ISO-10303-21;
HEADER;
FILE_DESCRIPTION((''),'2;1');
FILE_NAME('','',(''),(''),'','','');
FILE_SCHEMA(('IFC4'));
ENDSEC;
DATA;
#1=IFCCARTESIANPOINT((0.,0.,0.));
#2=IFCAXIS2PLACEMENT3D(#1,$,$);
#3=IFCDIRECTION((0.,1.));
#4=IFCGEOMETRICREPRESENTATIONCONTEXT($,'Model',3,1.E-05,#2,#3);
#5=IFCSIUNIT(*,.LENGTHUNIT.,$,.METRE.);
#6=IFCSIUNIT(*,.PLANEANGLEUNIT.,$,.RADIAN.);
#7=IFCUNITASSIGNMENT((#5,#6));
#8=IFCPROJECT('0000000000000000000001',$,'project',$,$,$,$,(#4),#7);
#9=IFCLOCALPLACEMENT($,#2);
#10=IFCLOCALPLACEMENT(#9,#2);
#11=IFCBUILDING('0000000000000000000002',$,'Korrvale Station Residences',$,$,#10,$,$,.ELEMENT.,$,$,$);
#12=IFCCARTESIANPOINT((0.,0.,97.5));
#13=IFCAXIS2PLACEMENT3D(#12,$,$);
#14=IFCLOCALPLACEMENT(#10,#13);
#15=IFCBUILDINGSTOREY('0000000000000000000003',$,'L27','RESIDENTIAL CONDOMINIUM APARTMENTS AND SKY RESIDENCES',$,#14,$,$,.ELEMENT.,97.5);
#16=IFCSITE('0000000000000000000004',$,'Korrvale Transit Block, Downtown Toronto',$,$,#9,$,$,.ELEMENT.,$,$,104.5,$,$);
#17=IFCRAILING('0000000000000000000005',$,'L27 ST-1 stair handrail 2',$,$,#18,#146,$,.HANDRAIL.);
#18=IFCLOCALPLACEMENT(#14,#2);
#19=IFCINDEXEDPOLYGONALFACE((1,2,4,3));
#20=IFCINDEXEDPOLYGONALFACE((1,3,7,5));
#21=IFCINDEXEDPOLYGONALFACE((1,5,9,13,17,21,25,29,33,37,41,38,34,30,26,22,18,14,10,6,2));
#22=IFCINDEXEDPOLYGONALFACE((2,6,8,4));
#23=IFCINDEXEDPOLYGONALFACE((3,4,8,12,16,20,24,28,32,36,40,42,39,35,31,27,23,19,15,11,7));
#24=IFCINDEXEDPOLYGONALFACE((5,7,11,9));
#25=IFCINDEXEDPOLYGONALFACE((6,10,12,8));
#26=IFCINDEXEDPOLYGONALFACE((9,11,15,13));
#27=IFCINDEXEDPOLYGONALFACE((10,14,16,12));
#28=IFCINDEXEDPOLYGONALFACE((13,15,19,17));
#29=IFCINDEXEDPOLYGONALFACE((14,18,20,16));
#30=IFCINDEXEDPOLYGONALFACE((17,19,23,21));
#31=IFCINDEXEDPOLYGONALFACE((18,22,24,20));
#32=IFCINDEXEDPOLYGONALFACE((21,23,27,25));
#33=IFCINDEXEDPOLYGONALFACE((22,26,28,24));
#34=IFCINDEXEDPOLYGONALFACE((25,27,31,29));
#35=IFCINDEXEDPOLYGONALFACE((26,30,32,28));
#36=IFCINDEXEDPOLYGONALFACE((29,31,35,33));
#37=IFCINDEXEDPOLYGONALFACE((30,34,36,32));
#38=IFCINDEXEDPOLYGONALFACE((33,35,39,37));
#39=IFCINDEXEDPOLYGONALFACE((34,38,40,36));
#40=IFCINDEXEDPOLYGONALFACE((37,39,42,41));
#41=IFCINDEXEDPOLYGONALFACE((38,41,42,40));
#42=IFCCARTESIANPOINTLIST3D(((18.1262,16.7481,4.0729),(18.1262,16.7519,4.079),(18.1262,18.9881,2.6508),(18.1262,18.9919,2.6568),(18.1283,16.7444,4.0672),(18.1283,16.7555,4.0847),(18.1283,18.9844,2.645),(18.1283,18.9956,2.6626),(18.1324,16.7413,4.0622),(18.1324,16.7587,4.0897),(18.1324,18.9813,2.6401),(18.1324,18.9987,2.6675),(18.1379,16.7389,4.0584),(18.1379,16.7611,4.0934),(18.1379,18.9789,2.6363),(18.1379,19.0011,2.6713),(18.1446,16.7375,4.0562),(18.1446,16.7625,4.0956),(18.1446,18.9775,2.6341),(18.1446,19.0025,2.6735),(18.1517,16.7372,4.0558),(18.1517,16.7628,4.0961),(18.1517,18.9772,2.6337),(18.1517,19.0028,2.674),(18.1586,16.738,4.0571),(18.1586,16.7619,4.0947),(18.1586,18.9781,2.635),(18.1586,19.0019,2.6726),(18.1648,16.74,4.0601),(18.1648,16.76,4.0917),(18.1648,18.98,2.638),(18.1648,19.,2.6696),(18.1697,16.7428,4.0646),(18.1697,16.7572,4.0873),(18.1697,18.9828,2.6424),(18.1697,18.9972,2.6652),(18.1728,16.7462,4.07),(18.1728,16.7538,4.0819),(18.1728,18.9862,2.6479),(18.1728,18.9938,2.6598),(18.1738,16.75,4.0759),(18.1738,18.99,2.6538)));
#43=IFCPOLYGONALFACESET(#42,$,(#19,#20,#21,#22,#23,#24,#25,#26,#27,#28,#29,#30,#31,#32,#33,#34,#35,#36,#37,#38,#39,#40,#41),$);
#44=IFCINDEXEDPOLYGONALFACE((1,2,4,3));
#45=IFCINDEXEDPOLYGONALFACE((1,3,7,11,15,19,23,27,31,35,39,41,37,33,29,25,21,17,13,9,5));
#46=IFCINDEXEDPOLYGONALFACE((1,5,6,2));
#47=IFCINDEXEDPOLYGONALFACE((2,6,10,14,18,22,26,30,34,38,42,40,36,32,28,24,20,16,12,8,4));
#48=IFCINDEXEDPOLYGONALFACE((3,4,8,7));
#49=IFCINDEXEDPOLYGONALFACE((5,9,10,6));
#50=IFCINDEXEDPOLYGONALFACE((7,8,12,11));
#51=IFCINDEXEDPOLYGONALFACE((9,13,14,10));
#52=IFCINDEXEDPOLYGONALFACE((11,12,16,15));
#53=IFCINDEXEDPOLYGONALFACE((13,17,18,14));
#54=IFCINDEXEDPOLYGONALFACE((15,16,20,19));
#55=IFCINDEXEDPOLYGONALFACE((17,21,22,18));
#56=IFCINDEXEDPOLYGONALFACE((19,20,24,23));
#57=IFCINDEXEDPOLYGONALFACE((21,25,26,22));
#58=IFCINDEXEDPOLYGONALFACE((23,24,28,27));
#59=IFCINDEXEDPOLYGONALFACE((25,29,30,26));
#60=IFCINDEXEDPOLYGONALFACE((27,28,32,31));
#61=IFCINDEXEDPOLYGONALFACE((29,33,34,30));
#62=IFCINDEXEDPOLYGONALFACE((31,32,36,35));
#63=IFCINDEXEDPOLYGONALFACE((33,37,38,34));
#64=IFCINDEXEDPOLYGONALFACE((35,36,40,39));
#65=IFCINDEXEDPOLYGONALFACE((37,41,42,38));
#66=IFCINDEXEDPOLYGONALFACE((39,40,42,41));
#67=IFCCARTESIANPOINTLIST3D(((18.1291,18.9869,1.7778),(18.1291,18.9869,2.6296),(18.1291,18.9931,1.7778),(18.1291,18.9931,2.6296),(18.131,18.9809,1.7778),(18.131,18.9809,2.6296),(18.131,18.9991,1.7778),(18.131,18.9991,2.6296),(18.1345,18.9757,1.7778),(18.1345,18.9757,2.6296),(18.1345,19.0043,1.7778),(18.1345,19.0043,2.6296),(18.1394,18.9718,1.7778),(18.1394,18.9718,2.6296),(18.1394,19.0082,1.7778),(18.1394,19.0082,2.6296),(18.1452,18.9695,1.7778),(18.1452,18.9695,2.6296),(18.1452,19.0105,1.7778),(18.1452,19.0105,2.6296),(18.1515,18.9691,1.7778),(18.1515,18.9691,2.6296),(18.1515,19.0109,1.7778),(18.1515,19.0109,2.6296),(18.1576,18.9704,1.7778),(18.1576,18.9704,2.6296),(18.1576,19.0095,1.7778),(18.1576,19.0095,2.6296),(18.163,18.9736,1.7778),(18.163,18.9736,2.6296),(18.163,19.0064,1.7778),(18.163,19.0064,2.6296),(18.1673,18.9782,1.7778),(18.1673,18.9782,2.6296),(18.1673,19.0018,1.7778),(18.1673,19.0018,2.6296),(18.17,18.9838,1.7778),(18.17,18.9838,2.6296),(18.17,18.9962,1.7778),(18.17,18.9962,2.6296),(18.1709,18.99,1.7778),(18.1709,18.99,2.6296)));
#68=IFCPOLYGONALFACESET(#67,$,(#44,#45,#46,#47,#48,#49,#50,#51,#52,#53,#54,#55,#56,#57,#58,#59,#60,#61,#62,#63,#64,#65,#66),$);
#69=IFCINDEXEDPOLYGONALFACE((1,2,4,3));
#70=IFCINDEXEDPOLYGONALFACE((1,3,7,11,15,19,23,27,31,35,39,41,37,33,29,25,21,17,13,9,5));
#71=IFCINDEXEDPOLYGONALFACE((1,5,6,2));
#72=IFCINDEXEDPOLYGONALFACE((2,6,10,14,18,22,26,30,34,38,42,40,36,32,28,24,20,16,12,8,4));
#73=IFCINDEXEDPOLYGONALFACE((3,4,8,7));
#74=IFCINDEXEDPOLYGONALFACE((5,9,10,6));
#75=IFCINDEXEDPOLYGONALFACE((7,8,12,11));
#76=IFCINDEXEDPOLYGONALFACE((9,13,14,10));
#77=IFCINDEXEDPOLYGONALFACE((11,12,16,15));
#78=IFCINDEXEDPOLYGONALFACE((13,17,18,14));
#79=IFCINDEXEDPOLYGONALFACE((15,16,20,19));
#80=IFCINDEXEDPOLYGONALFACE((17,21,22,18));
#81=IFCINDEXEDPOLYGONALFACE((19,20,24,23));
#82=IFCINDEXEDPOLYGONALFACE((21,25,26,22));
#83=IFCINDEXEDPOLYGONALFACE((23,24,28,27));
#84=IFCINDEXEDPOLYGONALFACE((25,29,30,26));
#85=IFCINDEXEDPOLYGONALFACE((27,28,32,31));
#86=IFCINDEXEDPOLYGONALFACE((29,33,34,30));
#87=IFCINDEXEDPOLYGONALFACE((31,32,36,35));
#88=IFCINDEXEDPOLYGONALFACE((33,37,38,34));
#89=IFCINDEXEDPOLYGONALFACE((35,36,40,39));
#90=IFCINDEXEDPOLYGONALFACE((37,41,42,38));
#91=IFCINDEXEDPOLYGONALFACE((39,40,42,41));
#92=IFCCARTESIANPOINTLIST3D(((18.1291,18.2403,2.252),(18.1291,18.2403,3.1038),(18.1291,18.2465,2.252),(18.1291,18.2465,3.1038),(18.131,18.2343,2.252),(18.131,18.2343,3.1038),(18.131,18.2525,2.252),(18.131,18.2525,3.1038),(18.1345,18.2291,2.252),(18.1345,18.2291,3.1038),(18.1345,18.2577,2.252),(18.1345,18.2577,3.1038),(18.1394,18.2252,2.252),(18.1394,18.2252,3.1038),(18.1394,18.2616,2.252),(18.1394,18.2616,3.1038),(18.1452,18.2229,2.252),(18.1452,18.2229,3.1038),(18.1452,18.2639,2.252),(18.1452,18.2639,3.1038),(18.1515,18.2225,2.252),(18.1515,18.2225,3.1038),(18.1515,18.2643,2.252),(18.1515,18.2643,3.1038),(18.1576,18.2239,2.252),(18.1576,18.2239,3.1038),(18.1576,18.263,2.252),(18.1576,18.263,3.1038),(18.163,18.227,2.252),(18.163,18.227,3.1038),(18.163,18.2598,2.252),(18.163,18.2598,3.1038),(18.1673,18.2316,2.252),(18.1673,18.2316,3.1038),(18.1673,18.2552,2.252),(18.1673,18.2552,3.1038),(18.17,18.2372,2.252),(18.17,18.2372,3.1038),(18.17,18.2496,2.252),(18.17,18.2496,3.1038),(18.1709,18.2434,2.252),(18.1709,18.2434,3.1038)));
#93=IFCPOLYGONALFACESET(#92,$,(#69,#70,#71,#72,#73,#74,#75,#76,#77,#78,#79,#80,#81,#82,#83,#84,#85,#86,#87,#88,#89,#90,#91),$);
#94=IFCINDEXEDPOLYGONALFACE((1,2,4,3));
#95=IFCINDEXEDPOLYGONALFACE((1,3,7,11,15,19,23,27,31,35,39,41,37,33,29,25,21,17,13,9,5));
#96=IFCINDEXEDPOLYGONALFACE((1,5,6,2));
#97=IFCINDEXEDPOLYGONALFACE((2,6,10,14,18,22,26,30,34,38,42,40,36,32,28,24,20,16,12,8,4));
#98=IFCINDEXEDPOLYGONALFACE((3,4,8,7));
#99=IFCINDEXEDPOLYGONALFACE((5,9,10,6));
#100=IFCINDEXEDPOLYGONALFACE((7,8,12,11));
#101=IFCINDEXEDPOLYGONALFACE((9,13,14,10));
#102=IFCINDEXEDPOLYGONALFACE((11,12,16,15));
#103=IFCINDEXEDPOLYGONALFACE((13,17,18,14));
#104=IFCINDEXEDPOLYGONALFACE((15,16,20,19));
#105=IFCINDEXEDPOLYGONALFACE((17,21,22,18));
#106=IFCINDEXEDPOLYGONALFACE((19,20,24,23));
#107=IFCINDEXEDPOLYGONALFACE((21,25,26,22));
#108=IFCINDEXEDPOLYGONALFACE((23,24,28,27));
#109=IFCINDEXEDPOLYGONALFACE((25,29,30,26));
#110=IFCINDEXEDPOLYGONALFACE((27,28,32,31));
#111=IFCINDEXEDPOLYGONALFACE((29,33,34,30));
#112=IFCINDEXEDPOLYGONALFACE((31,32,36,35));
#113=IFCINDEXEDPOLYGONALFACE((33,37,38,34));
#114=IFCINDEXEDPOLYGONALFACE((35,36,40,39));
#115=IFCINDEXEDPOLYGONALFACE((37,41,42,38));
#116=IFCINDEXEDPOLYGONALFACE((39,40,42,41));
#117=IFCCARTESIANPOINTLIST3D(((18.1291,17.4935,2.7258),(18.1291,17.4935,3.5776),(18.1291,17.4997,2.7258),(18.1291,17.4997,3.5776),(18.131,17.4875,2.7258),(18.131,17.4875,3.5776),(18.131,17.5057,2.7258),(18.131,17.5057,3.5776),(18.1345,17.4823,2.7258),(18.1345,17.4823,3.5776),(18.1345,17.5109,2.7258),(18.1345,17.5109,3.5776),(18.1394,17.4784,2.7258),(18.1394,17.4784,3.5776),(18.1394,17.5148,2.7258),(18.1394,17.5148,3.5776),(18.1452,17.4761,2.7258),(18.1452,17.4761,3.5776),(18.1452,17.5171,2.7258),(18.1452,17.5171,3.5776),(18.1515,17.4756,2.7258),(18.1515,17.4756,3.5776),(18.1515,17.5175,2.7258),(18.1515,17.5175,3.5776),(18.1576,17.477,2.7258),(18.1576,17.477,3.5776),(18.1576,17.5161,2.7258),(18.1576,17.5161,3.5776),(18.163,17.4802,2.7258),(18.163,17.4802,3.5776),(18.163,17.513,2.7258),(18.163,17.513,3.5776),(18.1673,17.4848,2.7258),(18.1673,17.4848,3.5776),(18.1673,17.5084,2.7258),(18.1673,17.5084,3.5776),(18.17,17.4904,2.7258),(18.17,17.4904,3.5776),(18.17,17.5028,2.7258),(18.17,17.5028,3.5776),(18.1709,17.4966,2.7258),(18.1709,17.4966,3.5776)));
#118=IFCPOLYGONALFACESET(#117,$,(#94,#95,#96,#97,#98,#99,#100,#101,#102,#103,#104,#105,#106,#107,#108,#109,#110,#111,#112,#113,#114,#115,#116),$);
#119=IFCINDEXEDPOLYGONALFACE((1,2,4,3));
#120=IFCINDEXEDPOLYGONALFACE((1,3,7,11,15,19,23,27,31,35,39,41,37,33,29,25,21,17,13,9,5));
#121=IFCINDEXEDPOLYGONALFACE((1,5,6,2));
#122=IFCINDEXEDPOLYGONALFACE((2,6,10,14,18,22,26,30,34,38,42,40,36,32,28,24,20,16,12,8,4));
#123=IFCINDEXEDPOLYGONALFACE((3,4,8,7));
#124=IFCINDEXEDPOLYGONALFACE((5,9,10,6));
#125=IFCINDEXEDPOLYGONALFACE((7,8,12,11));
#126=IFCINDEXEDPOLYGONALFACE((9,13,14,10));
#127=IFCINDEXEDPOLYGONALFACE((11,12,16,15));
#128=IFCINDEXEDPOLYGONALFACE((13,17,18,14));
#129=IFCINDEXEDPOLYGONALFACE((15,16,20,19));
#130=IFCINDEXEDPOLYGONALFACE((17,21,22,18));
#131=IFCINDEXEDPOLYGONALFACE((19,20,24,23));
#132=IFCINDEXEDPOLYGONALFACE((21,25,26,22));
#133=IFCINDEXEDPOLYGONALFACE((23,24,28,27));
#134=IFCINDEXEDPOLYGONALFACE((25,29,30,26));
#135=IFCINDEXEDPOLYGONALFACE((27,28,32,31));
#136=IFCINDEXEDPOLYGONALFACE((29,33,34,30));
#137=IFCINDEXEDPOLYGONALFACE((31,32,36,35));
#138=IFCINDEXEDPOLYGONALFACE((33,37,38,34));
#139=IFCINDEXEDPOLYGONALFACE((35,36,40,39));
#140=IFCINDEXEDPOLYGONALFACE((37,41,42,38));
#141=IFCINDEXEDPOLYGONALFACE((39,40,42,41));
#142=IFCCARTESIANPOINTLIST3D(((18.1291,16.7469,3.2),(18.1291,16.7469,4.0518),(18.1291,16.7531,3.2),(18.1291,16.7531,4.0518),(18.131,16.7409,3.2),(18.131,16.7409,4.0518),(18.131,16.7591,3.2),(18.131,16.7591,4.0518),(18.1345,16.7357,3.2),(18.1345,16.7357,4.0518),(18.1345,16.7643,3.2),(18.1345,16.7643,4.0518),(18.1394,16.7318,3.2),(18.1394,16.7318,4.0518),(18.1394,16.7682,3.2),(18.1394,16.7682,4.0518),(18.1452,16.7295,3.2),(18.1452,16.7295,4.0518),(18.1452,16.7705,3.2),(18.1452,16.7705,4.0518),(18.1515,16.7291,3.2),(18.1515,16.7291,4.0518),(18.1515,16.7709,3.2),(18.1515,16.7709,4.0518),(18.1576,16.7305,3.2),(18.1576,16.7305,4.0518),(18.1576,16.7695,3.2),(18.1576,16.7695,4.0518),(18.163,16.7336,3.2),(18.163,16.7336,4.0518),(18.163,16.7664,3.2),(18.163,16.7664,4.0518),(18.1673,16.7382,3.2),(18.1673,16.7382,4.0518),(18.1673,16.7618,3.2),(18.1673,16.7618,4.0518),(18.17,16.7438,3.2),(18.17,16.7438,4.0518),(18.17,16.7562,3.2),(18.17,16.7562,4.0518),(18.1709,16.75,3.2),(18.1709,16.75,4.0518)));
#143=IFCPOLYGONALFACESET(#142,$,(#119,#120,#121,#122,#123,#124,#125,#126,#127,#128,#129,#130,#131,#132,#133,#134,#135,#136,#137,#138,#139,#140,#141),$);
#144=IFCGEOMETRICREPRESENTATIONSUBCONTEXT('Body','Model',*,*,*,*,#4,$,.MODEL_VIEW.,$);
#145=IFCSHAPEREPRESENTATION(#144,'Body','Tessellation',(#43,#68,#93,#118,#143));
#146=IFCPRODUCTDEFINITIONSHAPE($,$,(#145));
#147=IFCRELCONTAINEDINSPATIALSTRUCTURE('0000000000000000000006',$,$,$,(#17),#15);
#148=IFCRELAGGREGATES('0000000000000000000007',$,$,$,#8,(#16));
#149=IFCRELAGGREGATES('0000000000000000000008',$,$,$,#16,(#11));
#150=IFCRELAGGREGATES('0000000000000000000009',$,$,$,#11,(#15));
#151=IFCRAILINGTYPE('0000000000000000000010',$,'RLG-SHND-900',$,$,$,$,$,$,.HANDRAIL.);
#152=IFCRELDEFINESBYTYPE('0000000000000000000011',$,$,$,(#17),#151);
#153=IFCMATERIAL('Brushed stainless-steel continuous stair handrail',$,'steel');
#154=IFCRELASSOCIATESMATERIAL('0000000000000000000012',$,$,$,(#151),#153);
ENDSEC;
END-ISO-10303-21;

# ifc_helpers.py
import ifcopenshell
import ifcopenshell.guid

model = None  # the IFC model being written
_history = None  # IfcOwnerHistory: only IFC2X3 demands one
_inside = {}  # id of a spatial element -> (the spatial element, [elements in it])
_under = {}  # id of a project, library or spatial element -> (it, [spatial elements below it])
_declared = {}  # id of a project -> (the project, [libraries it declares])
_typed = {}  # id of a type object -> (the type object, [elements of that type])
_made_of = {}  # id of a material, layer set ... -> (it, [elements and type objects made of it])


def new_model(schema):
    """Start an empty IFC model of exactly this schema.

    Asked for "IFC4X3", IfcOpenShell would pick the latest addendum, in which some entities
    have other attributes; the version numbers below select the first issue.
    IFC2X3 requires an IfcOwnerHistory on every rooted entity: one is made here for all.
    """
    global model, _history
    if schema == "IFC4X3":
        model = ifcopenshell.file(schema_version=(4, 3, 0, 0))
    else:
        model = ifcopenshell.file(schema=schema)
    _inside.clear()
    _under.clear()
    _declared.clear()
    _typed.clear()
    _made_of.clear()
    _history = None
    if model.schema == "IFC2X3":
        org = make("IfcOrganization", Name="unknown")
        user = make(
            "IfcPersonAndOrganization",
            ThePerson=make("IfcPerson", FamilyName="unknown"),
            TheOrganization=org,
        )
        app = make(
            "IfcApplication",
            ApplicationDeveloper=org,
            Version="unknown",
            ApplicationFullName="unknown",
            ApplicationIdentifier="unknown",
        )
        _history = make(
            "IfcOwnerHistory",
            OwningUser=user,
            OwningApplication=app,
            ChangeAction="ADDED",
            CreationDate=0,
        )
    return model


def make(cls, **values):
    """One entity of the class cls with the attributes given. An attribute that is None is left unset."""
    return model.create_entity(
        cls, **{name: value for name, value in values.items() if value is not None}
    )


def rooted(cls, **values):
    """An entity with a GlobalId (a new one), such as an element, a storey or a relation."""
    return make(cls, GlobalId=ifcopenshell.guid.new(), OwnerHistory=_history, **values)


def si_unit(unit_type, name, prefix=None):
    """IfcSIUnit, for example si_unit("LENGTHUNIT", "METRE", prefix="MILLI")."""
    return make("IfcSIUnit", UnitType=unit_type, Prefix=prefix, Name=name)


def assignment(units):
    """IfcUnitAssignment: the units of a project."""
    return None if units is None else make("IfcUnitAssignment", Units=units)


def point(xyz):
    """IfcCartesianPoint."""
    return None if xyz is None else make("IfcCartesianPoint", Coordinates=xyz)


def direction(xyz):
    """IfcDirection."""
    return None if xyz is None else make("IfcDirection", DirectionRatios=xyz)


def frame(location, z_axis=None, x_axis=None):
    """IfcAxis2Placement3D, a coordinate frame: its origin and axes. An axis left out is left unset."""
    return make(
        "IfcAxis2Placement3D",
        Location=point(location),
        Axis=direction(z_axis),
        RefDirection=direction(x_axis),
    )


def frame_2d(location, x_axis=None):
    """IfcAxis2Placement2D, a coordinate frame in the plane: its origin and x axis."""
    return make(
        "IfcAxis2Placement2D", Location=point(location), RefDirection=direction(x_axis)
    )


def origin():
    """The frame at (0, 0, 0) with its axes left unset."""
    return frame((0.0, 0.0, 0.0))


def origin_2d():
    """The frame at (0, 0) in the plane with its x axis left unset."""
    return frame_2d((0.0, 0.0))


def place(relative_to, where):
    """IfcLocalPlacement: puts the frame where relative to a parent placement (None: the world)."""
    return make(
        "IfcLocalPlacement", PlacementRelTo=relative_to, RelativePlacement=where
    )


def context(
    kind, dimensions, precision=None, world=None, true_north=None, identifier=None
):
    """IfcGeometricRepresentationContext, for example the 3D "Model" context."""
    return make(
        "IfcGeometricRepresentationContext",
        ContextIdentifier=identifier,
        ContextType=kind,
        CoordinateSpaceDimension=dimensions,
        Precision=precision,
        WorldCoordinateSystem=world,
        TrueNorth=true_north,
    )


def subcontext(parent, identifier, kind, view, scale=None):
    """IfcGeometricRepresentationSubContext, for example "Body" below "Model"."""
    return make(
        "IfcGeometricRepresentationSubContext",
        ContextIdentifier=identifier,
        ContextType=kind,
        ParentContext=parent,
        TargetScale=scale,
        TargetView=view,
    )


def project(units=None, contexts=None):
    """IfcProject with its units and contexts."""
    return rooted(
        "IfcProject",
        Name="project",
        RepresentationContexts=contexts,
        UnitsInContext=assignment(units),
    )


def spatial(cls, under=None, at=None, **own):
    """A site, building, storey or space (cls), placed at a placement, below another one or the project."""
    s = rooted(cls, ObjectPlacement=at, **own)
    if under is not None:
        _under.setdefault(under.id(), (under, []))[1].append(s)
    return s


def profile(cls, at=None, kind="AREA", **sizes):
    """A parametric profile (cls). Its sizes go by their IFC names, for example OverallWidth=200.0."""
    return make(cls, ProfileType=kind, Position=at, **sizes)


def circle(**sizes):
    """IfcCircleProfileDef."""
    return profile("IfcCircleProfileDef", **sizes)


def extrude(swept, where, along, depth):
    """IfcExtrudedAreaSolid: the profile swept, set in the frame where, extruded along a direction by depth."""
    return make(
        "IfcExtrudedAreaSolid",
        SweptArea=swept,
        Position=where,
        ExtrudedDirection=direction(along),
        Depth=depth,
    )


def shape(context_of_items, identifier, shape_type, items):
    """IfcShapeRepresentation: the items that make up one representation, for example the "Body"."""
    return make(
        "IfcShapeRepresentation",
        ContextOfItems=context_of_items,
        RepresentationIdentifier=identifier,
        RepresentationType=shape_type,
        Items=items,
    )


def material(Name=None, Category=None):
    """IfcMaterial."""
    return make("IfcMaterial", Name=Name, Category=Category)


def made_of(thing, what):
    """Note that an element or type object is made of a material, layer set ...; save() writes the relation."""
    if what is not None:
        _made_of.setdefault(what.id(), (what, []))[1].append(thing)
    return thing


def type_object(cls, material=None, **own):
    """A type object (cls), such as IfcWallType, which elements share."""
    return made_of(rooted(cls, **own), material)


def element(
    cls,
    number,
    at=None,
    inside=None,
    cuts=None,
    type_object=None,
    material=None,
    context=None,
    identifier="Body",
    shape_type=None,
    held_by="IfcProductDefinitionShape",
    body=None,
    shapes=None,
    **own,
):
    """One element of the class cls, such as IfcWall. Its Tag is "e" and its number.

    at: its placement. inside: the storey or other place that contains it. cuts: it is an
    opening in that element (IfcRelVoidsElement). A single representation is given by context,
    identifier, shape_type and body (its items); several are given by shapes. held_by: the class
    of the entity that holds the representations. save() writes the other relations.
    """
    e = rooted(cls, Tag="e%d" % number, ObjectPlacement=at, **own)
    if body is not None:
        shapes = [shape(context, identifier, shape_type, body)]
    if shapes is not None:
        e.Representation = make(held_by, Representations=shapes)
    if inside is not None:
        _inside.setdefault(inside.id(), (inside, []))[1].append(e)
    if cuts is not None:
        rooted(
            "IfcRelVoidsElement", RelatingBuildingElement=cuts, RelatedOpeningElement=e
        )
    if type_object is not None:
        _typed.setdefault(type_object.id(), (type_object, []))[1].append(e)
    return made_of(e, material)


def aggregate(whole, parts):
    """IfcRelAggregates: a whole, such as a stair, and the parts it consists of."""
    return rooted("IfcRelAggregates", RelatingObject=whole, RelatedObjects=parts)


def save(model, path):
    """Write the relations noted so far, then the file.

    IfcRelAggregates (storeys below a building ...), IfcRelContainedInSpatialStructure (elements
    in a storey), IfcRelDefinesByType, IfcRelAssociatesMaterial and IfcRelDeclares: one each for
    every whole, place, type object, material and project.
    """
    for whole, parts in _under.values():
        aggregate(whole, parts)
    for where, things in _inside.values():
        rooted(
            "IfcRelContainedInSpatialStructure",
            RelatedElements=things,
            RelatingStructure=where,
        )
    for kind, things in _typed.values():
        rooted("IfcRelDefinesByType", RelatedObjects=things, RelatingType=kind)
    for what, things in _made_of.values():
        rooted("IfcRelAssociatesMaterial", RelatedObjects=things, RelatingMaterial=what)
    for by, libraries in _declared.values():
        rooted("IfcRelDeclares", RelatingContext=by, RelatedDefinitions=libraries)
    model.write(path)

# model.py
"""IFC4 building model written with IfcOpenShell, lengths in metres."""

from ifc_helpers import new_model, si_unit, direction, frame, origin, origin_2d, place, context, subcontext, project, spatial, circle, extrude, material, type_object, element, save


model = new_model("IFC4")

# Units and contexts
model_context = context("Model", 3, precision=1e-05, world=origin(), true_north=direction((0.0, 1.0)))
body_context = subcontext(model_context, "Body", "Model", "MODEL_VIEW")
ifc_project = project(units=[si_unit("LENGTHUNIT", "METRE"), si_unit("PLANEANGLEUNIT", "RADIAN")], contexts=[model_context])

# Site, building, storey
site_placement = place(None, origin())
site = spatial("IfcSite", under=ifc_project, at=site_placement, Name="Korrvale Transit Block, Downtown Toronto", CompositionType="ELEMENT", RefElevation=104.5)
building_placement = place(site_placement, origin())
building = spatial("IfcBuilding", under=site, at=building_placement, Name="Korrvale Station Residences", CompositionType="ELEMENT")
storey_placement = place(building_placement, frame((0.0, 0.0, 97.5)))
storey = spatial("IfcBuildingStorey", under=building, at=storey_placement, Name="L27", Description="RESIDENTIAL CONDOMINIUM APARTMENTS AND SKY RESIDENCES", CompositionType="ELEMENT", Elevation=97.5)

# Railing
ifc_material_1 = material(Name="Brushed stainless-steel continuous stair handrail", Category="steel")
railing_type_1 = type_object("IfcRailingType", Name="RLG-SHND-900", PredefinedType="HANDRAIL", material=ifc_material_1)
railing_1_placement = place(storey_placement, frame((18.1499, 18.99, 1.7778)))
element("IfcRailing", 1, at=railing_1_placement, inside=storey, type_object=railing_type_1, Name="L27 ST-1 stair handrail 2", PredefinedType="HANDRAIL", context=body_context, shape_type="SweptSolid", body=[
    extrude(circle(Radius=0.0239, at=origin_2d()), frame((0.0, 0.0, 0.876), z_axis=(0.0, -0.844229, 0.535982), x_axis=(1.0, 0.0, 0.0)), (0.0, 0.0, 1.0), 2.6533),
    extrude(circle(Radius=0.021, at=origin_2d()), origin(), (0.0, 0.0, 1.0), 0.8518),
    extrude(circle(Radius=0.021, at=origin_2d()), frame((0.0, -0.7466, 0.4741)), (0.0, 0.0, 1.0), 0.8518),
    extrude(circle(Radius=0.021, at=origin_2d()), frame((0.0, -1.4934, 0.948)), (0.0, 0.0, 1.0), 0.8518),
    extrude(circle(Radius=0.021, at=origin_2d()), frame((0.0, -2.24, 1.4221)), (0.0, 0.0, 1.0), 0.8518),
])

save(model, "model.ifc")
